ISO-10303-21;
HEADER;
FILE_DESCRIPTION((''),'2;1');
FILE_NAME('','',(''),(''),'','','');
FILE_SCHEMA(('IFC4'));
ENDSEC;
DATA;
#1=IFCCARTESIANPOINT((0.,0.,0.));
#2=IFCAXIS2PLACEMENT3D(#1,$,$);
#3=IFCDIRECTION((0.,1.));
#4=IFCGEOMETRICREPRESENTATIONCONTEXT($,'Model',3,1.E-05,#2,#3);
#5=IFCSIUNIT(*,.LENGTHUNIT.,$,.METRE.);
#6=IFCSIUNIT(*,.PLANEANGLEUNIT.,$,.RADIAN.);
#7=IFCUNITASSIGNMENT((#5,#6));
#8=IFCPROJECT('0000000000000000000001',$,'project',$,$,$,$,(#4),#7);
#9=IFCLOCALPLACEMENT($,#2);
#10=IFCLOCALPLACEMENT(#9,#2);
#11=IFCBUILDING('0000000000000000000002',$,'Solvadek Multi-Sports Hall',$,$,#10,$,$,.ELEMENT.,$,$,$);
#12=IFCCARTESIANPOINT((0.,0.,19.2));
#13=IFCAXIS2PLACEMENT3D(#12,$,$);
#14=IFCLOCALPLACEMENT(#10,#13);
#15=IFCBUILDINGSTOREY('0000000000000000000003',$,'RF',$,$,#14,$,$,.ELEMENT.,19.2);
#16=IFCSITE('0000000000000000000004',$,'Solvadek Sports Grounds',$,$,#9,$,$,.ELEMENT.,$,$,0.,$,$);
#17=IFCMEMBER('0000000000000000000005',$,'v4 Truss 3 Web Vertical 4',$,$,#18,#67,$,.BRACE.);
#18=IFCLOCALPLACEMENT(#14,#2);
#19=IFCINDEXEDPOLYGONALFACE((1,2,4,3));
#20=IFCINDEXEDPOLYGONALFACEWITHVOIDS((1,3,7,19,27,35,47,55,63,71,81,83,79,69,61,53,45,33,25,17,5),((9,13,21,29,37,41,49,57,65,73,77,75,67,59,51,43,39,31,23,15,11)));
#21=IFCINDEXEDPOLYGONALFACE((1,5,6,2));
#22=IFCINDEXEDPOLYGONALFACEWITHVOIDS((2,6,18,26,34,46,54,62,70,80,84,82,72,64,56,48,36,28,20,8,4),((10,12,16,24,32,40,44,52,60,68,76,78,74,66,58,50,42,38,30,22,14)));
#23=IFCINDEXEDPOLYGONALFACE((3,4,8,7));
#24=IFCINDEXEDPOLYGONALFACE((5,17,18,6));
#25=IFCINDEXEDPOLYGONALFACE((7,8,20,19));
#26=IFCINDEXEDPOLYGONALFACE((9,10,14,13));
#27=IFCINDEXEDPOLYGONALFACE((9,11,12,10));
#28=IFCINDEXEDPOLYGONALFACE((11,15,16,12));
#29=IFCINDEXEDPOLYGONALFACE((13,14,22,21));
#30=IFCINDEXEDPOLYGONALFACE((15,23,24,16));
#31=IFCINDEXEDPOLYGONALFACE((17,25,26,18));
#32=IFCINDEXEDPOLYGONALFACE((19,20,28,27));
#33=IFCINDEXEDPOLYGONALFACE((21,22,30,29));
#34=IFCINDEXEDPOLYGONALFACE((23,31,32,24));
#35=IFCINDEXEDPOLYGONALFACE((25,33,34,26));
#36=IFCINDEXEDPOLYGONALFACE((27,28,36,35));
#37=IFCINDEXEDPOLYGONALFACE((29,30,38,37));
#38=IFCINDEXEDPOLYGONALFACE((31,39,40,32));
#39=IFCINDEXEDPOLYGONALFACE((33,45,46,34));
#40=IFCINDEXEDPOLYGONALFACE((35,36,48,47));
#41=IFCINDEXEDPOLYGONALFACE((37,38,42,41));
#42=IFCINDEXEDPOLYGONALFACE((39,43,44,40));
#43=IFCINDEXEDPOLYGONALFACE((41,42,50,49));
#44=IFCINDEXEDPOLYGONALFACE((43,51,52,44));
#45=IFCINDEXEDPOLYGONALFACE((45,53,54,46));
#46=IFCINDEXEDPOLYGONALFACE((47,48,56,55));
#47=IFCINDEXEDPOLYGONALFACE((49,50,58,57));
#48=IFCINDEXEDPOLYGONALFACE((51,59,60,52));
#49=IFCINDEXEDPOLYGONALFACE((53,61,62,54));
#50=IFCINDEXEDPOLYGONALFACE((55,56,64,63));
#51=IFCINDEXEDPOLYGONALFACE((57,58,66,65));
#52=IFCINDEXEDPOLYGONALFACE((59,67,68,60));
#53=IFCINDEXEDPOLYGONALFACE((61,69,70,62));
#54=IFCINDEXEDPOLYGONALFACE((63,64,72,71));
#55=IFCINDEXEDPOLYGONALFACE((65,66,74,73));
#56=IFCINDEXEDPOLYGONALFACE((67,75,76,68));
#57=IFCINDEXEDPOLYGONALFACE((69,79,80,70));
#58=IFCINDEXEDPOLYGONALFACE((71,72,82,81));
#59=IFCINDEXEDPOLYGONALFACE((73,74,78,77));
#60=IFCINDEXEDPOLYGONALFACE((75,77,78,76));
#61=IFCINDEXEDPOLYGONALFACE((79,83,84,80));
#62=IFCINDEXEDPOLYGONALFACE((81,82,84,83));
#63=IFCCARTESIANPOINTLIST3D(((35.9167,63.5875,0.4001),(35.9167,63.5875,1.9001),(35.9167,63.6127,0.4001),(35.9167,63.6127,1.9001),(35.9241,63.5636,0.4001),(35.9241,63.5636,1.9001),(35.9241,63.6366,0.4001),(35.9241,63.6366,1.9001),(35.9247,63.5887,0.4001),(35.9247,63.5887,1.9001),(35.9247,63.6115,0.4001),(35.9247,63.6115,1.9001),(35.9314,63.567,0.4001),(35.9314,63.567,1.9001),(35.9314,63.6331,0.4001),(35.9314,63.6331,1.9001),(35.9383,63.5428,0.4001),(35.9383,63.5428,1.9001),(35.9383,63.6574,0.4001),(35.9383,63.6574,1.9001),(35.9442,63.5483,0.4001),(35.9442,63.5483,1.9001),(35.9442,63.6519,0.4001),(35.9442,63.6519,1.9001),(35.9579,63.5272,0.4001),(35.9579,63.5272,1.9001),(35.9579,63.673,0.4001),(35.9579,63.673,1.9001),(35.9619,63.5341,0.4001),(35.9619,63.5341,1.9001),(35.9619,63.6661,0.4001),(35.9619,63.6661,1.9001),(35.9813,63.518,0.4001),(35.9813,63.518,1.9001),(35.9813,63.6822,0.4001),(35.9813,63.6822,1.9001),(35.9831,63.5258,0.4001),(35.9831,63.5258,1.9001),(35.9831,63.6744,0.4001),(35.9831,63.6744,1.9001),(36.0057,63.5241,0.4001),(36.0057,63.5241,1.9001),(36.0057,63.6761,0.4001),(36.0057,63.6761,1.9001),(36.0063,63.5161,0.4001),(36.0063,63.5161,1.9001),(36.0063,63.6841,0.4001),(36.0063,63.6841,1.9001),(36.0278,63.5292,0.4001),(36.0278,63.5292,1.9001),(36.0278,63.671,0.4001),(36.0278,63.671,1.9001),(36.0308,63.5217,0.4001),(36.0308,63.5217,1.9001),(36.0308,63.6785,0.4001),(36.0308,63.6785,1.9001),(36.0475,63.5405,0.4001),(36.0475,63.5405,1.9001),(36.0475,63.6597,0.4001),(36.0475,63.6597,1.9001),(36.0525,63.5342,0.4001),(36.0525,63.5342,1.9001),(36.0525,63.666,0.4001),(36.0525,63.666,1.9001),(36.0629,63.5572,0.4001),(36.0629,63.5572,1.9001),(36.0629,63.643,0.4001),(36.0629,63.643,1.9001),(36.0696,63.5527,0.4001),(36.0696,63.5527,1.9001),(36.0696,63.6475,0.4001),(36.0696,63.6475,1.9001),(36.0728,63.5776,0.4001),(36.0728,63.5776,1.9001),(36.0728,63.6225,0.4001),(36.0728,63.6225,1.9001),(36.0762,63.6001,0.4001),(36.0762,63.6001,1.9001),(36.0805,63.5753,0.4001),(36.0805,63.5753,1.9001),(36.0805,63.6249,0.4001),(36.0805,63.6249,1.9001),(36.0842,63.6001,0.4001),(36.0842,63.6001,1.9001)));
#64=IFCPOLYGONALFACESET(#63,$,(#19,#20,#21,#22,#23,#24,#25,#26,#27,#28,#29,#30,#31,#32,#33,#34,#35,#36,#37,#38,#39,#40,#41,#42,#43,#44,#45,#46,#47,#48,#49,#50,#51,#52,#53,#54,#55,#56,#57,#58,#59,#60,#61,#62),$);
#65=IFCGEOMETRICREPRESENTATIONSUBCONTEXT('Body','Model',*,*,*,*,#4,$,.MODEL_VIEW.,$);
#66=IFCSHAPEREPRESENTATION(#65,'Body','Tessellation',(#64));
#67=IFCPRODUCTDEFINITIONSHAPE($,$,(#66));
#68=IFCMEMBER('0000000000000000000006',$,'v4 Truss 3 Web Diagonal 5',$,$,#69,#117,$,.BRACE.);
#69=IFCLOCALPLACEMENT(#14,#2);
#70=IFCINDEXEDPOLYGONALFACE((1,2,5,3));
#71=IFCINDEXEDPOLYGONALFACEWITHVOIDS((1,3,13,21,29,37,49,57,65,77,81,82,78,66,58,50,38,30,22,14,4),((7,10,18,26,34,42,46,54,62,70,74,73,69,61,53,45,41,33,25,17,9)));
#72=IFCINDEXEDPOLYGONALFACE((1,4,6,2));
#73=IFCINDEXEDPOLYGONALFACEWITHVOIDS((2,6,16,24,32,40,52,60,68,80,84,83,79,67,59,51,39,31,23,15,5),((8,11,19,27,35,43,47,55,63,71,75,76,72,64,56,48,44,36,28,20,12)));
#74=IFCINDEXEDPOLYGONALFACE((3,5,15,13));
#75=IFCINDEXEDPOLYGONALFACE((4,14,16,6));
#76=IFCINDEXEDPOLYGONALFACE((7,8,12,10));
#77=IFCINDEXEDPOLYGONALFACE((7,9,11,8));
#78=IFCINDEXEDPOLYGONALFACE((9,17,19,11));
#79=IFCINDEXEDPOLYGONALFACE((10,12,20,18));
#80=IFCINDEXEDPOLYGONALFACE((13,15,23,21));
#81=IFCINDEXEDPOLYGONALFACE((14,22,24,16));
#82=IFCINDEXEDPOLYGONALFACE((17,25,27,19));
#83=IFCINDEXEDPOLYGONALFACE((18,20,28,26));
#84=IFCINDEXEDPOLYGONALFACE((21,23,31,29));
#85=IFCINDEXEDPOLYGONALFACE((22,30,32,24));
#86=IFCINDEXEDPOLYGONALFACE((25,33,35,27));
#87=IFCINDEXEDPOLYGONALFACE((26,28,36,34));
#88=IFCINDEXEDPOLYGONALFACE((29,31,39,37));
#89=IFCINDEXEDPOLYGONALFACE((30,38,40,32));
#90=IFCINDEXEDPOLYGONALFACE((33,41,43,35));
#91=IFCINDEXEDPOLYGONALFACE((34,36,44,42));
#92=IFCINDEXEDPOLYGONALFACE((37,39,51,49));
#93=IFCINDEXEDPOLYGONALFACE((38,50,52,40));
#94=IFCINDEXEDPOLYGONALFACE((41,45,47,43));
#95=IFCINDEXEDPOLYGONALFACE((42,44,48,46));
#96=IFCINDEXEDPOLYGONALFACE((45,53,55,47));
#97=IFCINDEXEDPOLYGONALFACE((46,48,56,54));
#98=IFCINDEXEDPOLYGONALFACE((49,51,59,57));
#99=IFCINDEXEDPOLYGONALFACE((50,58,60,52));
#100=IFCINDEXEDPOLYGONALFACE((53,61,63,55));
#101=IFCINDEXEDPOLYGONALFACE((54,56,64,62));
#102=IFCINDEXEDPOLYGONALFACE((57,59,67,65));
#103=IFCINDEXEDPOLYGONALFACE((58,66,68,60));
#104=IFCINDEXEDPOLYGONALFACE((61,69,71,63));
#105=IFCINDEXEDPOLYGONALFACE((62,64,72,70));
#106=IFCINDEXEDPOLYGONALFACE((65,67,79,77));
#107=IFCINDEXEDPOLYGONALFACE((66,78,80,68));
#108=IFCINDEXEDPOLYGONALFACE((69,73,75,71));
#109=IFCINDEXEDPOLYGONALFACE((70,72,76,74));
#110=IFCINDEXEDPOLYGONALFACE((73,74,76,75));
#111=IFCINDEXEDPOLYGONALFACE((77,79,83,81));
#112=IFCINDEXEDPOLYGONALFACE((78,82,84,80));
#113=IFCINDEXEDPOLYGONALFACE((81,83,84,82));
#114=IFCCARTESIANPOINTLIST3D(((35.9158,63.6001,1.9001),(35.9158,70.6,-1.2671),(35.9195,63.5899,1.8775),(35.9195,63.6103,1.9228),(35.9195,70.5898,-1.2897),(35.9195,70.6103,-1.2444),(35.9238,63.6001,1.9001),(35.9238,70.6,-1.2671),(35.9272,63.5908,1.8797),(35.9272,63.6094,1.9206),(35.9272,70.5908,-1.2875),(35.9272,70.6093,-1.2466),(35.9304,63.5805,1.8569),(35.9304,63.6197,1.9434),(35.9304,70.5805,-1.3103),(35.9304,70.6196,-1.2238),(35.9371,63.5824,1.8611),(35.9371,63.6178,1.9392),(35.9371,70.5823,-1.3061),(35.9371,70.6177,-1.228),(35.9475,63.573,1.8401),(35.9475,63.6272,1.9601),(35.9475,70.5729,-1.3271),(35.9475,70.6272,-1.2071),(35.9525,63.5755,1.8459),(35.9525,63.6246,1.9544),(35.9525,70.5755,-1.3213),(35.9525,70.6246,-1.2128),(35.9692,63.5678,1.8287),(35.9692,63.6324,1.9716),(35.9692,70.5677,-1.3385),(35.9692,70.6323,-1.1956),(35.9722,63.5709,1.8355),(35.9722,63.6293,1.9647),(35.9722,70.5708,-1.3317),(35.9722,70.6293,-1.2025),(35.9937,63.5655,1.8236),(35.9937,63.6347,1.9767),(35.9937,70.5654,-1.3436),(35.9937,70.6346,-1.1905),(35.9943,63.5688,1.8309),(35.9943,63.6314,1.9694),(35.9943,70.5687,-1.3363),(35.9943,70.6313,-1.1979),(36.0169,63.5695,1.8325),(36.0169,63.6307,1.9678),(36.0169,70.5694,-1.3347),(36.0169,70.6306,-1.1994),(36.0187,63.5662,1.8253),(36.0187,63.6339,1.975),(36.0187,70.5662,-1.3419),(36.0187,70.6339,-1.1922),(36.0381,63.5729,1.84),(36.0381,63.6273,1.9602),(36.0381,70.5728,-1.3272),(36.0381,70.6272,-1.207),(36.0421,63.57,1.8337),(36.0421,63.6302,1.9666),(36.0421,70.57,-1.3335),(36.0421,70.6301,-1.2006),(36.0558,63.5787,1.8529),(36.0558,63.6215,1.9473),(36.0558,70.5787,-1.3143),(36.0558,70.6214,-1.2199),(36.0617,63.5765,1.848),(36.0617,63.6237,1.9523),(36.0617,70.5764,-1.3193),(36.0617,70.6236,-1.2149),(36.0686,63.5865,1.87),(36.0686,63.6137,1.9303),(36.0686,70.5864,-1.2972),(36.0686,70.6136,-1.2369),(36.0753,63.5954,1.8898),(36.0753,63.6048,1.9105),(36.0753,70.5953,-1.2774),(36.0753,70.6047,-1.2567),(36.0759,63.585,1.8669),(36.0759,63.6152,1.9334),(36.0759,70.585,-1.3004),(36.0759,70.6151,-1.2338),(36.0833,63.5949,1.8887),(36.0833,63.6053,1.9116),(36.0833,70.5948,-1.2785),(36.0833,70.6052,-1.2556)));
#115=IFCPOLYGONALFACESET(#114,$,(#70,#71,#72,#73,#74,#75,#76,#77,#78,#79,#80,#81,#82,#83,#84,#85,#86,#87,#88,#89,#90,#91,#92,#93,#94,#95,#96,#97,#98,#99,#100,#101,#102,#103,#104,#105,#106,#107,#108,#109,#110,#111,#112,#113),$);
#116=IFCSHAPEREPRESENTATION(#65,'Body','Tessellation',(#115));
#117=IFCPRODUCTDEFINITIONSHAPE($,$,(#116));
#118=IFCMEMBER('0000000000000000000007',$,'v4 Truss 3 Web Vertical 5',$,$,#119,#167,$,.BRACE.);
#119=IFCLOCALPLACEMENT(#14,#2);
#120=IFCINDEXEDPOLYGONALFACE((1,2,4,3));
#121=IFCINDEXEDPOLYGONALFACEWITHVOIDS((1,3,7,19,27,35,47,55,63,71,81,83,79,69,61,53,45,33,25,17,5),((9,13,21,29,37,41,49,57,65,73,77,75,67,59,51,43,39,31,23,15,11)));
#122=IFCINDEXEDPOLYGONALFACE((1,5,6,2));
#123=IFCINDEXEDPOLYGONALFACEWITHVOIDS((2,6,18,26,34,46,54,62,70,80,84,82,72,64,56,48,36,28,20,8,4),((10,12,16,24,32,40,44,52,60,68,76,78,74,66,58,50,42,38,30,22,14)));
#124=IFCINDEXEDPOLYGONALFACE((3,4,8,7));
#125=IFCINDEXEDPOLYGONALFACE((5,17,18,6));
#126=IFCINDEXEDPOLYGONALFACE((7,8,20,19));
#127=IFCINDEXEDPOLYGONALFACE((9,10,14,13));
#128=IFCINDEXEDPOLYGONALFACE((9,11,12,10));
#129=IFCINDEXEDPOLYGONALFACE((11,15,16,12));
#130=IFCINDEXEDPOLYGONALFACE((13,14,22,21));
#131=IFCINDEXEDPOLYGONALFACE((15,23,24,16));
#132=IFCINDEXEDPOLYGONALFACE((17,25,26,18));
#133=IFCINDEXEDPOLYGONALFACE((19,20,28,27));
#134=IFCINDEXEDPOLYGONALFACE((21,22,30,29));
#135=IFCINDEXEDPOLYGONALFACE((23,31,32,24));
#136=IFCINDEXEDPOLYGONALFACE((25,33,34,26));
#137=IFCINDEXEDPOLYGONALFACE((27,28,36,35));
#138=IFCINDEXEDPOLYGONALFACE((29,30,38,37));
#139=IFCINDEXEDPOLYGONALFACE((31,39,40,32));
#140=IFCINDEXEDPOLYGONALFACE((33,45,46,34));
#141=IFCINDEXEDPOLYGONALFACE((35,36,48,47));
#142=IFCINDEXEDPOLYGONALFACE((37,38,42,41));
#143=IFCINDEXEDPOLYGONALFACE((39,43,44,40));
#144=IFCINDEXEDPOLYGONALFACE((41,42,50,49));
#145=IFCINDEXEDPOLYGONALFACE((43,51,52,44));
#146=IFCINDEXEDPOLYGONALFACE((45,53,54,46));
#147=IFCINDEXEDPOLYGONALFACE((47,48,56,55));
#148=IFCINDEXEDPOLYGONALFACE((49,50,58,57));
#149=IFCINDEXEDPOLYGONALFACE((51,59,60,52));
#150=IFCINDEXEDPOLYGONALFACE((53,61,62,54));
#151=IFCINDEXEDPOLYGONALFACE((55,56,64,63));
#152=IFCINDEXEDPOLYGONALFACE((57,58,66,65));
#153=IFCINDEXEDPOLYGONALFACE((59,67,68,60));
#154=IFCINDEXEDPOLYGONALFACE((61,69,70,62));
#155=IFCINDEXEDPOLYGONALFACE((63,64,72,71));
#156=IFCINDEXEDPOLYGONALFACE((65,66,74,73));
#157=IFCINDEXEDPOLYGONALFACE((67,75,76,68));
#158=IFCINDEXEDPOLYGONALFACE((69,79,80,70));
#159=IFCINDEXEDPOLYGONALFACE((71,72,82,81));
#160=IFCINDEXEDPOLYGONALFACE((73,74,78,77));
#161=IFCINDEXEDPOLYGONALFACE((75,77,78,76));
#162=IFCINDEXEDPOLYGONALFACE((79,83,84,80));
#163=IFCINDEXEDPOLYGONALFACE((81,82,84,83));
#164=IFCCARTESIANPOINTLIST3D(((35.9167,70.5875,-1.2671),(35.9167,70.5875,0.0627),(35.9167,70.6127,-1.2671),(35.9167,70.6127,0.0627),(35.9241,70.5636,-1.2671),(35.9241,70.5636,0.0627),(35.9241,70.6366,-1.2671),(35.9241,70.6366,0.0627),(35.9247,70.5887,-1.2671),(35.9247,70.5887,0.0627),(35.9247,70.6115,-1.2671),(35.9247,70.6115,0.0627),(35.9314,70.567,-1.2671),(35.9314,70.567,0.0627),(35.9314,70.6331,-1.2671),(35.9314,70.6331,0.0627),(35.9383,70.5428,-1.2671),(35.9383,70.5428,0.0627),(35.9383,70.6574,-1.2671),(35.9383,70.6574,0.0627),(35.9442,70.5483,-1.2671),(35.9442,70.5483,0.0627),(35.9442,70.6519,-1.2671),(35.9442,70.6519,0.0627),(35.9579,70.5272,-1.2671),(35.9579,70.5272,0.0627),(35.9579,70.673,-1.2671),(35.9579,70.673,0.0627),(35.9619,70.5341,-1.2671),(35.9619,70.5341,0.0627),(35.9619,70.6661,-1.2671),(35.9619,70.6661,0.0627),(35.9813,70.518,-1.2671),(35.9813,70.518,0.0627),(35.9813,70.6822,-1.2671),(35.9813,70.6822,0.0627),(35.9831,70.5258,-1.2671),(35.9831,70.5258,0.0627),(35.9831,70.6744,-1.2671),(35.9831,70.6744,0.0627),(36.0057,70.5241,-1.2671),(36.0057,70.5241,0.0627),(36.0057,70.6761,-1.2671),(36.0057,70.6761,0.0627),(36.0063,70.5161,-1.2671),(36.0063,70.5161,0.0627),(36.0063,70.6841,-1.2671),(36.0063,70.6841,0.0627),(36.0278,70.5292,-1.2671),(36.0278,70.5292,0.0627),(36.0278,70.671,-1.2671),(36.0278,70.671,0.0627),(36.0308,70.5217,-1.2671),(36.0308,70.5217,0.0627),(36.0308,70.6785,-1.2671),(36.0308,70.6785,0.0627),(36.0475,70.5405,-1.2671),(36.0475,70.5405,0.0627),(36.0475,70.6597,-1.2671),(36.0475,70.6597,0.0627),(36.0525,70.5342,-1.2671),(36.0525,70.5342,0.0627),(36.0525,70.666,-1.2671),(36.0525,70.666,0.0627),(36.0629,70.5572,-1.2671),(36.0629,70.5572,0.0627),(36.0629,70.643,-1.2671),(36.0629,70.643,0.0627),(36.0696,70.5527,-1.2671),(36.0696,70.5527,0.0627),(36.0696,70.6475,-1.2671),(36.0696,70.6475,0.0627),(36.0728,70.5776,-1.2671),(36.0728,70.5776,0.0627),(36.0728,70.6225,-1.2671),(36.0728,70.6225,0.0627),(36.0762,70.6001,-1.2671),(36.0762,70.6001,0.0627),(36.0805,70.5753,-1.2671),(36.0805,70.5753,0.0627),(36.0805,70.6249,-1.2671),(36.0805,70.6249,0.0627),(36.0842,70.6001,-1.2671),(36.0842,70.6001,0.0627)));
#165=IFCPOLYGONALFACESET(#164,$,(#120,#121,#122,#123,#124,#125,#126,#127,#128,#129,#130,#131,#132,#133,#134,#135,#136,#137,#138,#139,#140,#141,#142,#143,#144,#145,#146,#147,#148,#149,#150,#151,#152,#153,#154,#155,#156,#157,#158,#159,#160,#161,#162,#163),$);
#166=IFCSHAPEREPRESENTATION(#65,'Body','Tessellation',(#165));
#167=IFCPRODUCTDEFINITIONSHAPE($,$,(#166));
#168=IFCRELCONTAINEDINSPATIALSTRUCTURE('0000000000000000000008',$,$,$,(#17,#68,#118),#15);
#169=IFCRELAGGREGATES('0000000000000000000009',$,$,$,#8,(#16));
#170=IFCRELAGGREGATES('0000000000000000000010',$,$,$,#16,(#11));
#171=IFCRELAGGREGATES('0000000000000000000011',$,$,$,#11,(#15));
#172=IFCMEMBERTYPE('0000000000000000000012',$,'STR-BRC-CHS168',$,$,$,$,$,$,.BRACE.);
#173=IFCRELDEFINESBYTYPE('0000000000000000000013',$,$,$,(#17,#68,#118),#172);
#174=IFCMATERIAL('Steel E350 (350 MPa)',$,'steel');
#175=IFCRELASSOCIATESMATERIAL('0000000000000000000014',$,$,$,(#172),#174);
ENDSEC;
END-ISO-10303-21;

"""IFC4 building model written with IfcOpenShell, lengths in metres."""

from ifc_helpers import new_model, si_unit, direction, frame, origin, origin_2d, place, context, subcontext, project, spatial, hollow_circle, extrude, material, material_profile, profile_set, type_object, element, save


model = new_model("IFC4")

# Units and contexts
model_context = context("Model", 3, precision=1e-05, world=origin(), true_north=direction((0.0, 1.0)))
body_context = subcontext(model_context, "Body", "Model", "MODEL_VIEW")
ifc_project = project(units=[si_unit("LENGTHUNIT", "METRE"), si_unit("PLANEANGLEUNIT", "RADIAN")], contexts=[model_context])

# Site, building, storey
site_placement = place(None, origin())
site = spatial("IfcSite", under=ifc_project, at=site_placement, Name="Solvadek Sports Grounds", CompositionType="ELEMENT", RefElevation=0.0)
building_placement = place(site_placement, origin())
building = spatial("IfcBuilding", under=site, at=building_placement, Name="Solvadek Multi-Sports Hall", CompositionType="ELEMENT")
storey_placement = place(building_placement, frame((0.0, 0.0, 19.2)))
storey = spatial("IfcBuildingStorey", under=building, at=storey_placement, Name="RF", CompositionType="ELEMENT", Elevation=19.2)

# Members
ifc_material_1 = material(Name="Steel E350 (350 MPa)", Category="steel")
ifc_material_profile_1 = material_profile(ifc_material_1, hollow_circle(Radius=0.0842, WallThickness=0.0081, at=origin_2d()), Name="CHS 168.3x8")
ifc_profile_set_1 = profile_set([ifc_material_profile_1], Name="Steel E350 (350 MPa)")
member_type_1 = type_object("IfcMemberType", Name="STR-BRC-CHS168", PredefinedType="BRACE", material=ifc_profile_set_1)
member_1_placement = place(storey_placement, frame((36.0, 63.6001, 0.4001), z_axis=(0.0, 0.0, 1.0), x_axis=(1.0, 0.0, 0.0)))
element("IfcMember", 1, at=member_1_placement, inside=storey, type_object=member_type_1, Name="v4 Truss 3 Web Vertical 4", PredefinedType="BRACE", context=body_context, shape_type="SweptSolid", body=[
    extrude(hollow_circle(Radius=0.0842, WallThickness=0.0081, at=origin_2d()), origin(), (0.0, 0.0, 1.0), 1.5),
])
member_2_placement = place(storey_placement, frame((36.0, 63.6001, 1.9001), z_axis=(0.0, 0.91108, -0.412229), x_axis=(-1.0, 0.0, 0.0)))
element("IfcMember", 2, at=member_2_placement, inside=storey, type_object=member_type_1, Name="v4 Truss 3 Web Diagonal 5", PredefinedType="BRACE", context=body_context, shape_type="SweptSolid", body=[
    extrude(hollow_circle(Radius=0.0842, WallThickness=0.0081, at=origin_2d()), origin(), (0.0, 0.0, 1.0), 7.6831),
])
member_3_placement = place(storey_placement, frame((36.0, 70.6001, -1.2671), z_axis=(0.0, 0.0, 1.0), x_axis=(1.0, 0.0, 0.0)))
element("IfcMember", 3, at=member_3_placement, inside=storey, type_object=member_type_1, Name="v4 Truss 3 Web Vertical 5", PredefinedType="BRACE", context=body_context, shape_type="SweptSolid", body=[
    extrude(hollow_circle(Radius=0.0842, WallThickness=0.0081, at=origin_2d()), origin(), (0.0, 0.0, 1.0), 1.3298),
])

save(model, "model.ifc")
